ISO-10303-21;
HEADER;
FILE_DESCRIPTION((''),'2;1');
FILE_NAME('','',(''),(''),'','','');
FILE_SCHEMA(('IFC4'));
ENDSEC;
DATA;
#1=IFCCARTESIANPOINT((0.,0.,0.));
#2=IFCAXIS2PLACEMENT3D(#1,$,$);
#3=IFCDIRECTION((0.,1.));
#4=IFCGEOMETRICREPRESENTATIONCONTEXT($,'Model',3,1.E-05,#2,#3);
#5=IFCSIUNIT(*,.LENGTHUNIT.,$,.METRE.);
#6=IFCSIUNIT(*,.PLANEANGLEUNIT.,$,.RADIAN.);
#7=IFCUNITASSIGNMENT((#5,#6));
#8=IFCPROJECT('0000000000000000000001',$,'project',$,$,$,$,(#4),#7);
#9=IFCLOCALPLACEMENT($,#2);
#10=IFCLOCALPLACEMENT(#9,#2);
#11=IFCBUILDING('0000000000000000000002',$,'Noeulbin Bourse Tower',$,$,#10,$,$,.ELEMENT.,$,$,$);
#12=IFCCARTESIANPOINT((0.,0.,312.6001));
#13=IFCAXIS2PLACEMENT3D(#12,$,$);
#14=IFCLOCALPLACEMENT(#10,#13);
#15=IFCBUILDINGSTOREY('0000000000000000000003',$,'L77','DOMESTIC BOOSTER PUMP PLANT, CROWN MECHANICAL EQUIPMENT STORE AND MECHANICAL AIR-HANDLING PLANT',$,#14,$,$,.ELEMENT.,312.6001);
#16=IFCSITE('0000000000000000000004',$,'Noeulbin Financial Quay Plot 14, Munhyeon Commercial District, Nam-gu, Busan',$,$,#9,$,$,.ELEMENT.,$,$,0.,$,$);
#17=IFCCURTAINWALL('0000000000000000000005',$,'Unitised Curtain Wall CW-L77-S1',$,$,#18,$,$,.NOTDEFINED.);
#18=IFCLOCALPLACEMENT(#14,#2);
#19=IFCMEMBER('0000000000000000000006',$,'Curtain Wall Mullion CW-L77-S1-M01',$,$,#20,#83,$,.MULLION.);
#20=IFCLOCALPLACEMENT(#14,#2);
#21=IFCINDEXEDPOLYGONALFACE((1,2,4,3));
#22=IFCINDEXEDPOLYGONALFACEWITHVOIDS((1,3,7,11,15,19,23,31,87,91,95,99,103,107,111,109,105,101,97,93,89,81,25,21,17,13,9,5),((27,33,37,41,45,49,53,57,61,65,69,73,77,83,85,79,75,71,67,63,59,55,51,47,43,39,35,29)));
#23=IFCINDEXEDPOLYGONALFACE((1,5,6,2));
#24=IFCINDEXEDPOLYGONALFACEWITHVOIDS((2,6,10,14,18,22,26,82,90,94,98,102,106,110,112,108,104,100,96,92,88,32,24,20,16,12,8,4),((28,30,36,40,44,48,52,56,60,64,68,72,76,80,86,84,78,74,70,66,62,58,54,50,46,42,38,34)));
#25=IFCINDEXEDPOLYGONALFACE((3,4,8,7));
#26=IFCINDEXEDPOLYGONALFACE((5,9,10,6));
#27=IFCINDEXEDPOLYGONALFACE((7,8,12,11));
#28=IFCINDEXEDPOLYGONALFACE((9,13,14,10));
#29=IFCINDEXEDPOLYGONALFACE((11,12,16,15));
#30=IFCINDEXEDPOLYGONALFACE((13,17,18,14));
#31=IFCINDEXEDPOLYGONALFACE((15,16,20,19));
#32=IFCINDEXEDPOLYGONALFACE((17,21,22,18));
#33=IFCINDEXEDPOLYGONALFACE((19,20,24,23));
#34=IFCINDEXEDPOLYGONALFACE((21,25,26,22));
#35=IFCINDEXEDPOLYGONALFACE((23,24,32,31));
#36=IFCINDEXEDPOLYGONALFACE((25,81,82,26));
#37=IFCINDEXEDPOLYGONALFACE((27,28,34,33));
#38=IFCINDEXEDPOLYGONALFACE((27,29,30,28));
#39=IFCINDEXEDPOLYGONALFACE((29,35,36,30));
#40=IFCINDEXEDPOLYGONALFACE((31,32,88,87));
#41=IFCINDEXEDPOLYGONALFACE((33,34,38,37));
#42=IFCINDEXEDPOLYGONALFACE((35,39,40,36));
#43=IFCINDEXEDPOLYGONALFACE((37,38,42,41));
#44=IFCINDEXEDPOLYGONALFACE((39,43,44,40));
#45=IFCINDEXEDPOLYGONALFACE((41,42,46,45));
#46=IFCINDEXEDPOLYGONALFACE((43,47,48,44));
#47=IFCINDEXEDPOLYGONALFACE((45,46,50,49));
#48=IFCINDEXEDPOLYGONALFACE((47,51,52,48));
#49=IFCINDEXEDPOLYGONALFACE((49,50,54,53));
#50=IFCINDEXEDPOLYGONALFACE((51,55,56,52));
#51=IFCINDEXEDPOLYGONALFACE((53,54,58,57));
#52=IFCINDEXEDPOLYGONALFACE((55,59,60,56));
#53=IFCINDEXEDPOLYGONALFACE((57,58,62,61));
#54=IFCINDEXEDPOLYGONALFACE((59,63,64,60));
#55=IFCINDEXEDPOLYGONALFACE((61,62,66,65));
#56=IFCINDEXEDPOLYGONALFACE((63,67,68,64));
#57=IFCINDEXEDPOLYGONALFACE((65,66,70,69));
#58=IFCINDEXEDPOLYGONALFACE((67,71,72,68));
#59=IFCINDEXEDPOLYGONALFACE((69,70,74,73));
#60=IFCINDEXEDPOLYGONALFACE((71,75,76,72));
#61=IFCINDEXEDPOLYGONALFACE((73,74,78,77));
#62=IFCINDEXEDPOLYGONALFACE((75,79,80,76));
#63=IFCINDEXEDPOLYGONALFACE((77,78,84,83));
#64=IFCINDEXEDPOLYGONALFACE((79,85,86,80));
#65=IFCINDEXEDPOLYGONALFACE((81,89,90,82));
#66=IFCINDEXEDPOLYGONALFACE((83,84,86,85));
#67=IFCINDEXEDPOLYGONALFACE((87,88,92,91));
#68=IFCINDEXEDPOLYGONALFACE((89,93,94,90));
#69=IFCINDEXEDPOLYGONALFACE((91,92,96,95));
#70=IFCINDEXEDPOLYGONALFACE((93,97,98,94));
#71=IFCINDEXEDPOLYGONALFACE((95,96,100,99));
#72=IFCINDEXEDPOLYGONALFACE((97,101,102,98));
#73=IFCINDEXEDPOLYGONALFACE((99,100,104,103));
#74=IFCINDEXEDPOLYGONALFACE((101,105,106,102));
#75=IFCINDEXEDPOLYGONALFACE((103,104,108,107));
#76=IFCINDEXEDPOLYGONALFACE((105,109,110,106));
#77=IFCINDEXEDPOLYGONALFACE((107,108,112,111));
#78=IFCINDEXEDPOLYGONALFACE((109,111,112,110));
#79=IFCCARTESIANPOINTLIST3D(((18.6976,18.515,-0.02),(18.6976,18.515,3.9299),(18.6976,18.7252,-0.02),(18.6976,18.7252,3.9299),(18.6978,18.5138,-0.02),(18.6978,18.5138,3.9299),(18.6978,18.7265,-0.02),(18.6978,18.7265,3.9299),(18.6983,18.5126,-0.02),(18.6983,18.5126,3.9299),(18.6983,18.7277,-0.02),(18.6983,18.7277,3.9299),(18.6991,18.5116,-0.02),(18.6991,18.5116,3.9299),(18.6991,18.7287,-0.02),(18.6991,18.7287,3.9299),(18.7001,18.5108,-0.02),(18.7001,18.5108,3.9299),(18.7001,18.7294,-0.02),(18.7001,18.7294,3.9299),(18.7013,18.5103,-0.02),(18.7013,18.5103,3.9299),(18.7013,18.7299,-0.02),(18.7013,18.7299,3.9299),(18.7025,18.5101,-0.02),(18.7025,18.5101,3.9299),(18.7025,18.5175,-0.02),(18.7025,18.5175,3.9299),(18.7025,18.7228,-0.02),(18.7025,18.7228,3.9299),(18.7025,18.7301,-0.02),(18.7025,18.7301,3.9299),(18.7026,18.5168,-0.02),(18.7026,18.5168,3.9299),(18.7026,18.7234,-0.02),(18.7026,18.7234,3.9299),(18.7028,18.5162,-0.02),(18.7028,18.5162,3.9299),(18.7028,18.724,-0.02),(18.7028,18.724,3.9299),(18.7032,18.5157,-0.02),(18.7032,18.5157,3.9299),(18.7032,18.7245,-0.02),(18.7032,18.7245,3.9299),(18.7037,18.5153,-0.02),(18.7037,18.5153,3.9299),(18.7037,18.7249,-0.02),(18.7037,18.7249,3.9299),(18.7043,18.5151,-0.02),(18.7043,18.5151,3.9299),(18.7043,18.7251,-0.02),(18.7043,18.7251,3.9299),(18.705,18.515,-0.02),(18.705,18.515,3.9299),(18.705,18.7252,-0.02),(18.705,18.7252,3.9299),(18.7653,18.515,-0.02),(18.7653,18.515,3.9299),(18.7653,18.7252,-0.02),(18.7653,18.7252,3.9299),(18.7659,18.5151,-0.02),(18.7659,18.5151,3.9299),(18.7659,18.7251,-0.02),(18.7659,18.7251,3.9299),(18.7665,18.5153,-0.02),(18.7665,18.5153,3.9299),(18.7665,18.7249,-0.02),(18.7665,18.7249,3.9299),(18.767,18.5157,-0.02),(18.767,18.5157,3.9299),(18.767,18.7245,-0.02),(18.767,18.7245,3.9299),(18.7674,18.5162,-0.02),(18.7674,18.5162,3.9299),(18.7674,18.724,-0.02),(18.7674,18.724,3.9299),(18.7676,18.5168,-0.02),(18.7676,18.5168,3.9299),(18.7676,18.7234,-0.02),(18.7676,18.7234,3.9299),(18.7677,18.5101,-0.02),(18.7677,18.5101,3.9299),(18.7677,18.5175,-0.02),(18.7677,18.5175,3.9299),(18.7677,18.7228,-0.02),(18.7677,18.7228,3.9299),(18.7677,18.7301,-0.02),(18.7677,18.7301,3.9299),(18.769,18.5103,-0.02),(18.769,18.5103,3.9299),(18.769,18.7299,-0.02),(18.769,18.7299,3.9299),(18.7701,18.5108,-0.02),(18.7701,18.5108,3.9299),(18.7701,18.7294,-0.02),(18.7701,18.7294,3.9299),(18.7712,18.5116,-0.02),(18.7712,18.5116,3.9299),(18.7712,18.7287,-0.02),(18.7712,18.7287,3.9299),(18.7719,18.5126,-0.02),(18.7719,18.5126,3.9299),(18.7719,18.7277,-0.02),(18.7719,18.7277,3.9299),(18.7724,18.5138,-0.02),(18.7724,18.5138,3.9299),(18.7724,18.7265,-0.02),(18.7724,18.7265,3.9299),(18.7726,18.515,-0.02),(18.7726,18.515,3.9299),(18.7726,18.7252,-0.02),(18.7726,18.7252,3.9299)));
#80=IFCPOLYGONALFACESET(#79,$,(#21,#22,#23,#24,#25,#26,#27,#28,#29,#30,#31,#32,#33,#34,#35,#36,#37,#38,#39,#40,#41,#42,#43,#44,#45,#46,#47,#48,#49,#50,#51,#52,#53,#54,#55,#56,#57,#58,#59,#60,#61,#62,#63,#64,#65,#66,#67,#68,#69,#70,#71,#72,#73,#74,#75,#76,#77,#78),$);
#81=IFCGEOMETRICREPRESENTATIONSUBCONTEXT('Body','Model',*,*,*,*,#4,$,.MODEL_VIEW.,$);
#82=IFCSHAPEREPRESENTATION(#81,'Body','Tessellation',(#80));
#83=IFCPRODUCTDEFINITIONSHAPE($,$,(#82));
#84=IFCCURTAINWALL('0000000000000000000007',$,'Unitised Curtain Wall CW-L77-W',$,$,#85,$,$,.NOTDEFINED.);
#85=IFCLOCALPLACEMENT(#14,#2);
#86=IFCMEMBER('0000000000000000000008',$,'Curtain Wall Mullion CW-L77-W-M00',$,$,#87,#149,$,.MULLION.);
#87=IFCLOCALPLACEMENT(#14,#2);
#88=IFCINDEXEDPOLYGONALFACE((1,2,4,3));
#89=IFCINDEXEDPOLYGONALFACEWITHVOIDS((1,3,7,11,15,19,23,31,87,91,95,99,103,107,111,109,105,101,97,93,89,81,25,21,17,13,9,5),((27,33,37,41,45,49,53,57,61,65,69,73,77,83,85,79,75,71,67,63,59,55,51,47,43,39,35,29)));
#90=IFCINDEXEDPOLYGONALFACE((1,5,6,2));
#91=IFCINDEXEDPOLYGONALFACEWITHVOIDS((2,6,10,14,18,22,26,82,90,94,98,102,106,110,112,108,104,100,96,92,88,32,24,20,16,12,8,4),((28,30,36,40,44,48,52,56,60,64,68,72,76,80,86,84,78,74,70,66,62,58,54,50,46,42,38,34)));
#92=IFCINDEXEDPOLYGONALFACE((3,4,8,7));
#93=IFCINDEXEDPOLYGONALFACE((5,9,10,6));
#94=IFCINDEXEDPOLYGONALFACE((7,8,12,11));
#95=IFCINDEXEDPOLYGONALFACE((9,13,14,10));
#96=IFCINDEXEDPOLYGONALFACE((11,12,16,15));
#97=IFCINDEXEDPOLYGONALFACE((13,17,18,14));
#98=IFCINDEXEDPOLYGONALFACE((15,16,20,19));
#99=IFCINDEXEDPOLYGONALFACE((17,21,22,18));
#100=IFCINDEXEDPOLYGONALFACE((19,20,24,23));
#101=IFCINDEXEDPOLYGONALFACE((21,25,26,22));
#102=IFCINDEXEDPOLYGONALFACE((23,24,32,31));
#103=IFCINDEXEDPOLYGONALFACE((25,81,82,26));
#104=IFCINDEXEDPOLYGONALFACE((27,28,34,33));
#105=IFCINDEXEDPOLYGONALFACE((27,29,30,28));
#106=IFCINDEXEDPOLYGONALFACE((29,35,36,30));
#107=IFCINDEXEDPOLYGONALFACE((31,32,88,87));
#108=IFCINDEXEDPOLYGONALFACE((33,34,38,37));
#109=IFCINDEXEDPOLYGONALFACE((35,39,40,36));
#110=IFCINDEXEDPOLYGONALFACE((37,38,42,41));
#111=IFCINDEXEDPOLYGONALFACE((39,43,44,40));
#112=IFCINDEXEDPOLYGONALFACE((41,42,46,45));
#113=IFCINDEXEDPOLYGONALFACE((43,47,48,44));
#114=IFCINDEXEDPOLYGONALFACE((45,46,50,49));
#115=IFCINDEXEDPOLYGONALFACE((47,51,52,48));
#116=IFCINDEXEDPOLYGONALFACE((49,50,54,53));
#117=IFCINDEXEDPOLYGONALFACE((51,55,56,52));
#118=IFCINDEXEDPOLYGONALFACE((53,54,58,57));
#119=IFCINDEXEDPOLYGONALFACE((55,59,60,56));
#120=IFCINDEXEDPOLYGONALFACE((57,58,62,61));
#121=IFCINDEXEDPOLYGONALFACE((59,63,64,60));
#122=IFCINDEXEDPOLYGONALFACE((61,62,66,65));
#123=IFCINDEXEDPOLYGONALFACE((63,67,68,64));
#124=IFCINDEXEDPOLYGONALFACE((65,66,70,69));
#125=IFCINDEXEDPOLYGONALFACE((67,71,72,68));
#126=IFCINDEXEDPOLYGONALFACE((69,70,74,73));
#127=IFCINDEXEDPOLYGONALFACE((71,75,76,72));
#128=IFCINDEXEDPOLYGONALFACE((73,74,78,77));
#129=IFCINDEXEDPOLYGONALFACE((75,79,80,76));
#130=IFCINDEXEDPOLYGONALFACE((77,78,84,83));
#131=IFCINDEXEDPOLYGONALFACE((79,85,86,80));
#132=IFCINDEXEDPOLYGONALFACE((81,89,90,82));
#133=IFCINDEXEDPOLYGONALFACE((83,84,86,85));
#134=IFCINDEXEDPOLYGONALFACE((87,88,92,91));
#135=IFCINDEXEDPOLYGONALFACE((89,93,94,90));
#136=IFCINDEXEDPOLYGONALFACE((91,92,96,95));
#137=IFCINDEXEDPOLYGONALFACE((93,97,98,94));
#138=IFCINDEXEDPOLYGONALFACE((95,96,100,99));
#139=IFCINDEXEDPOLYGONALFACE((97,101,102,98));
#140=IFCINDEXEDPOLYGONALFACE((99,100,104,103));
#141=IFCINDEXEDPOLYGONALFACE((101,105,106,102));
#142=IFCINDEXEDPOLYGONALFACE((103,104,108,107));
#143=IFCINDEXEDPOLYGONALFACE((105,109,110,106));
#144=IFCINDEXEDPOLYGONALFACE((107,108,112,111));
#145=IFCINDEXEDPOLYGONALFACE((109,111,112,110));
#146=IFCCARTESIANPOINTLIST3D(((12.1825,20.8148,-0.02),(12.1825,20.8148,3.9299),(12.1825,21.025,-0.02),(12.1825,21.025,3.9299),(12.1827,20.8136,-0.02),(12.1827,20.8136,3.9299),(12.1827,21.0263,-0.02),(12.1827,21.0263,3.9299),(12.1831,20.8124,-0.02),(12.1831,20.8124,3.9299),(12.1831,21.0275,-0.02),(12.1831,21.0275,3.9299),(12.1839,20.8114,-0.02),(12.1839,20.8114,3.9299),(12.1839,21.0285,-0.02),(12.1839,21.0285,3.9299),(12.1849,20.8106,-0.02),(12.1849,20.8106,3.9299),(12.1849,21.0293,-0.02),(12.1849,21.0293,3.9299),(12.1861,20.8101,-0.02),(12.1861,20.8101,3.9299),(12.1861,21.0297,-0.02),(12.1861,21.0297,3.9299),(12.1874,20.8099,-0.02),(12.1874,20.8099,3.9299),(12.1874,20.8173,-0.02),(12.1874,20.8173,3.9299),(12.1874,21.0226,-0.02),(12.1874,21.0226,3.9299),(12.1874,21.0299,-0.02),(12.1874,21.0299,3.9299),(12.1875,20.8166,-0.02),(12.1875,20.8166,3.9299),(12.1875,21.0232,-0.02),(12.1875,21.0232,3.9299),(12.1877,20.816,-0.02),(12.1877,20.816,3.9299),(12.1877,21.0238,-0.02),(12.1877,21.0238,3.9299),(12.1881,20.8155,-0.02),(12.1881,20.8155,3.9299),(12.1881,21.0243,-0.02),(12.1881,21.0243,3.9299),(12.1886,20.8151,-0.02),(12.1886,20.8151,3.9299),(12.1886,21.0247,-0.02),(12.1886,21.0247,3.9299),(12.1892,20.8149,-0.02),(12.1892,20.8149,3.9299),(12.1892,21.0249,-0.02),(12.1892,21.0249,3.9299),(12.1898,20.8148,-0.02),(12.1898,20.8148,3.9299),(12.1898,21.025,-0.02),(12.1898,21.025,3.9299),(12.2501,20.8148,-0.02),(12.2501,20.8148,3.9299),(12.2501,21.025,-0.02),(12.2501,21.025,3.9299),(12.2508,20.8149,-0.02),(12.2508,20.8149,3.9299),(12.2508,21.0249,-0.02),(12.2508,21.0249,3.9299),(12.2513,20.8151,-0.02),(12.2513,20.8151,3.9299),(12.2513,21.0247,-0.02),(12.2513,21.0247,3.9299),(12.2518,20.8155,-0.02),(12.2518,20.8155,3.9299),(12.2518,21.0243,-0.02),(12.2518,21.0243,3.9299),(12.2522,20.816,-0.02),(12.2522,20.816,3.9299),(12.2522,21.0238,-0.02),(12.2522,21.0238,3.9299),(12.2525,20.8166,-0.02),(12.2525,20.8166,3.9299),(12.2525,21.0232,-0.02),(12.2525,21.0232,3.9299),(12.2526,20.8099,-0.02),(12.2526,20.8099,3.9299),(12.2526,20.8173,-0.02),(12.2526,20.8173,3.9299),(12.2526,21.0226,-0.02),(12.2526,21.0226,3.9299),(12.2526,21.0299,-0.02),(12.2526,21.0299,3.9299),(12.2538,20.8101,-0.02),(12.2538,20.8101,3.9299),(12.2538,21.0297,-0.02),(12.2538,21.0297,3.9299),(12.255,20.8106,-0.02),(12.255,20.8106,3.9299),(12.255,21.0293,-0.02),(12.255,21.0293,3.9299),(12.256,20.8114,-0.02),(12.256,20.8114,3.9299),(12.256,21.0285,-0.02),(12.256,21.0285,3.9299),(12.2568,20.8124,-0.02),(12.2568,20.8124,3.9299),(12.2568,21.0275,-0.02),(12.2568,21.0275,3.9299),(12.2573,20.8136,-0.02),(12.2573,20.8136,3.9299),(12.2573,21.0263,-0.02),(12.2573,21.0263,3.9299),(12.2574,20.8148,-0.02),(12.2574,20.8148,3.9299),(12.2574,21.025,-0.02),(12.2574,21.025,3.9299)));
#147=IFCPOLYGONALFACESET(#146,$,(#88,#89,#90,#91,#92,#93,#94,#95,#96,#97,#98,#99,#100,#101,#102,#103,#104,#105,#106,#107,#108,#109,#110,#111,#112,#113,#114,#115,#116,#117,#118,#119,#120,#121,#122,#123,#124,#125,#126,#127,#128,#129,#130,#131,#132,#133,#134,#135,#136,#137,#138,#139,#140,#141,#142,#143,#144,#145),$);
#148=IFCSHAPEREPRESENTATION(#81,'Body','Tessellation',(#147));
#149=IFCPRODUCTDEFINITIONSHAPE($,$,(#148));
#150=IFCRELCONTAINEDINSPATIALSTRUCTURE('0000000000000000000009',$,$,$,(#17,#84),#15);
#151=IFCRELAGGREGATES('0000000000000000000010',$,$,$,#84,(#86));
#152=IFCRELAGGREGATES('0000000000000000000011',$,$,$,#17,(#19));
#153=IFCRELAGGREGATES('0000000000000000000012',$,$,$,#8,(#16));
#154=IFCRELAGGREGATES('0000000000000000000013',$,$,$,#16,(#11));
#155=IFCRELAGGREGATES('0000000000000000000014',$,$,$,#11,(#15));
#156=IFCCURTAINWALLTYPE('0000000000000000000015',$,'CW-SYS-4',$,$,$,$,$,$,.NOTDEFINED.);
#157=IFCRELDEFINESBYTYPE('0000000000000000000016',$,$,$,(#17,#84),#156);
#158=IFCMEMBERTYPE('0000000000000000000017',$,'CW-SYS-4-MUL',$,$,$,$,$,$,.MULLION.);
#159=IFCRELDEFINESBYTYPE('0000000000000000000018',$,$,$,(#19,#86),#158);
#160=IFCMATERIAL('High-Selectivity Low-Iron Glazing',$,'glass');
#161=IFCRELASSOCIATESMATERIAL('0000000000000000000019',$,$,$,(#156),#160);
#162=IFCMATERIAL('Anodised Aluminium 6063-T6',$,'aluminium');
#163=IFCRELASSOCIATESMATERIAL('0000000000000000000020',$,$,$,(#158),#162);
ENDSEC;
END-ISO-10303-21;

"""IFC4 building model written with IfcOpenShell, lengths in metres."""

from ifc_helpers import new_model, si_unit, direction, frame, origin, origin_2d, place, context, subcontext, project, spatial, hollow_rectangle, extrude, material, material_profile, profile_set, type_object, element, aggregate, save


model = new_model("IFC4")

# Units and contexts
model_context = context("Model", 3, precision=1e-05, world=origin(), true_north=direction((0.0, 1.0)))
body_context = subcontext(model_context, "Body", "Model", "MODEL_VIEW")
ifc_project = project(units=[si_unit("LENGTHUNIT", "METRE"), si_unit("PLANEANGLEUNIT", "RADIAN")], contexts=[model_context])

# Site, building, storey
site_placement = place(None, origin())
site = spatial("IfcSite", under=ifc_project, at=site_placement, Name="Noeulbin Financial Quay Plot 14, Munhyeon Commercial District, Nam-gu, Busan", CompositionType="ELEMENT", RefElevation=0.0)
building_placement = place(site_placement, origin())
building = spatial("IfcBuilding", under=site, at=building_placement, Name="Noeulbin Bourse Tower", CompositionType="ELEMENT")
storey_placement = place(building_placement, frame((0.0, 0.0, 312.6001)))
storey = spatial("IfcBuildingStorey", under=building, at=storey_placement, Name="L77", Description="DOMESTIC BOOSTER PUMP PLANT, CROWN MECHANICAL EQUIPMENT STORE AND MECHANICAL AIR-HANDLING PLANT", CompositionType="ELEMENT", Elevation=312.6001)

# Curtain wall, member
ifc_material_1 = material(Name="High-Selectivity Low-Iron Glazing", Category="glass")
curtain_wall_type = type_object("IfcCurtainWallType", Name="CW-SYS-4", PredefinedType="NOTDEFINED", material=ifc_material_1)
curtain_wall_1_placement = place(storey_placement, origin())
curtain_wall_1 = element("IfcCurtainWall", 1, at=curtain_wall_1_placement, inside=storey, type_object=curtain_wall_type, Name="Unitised Curtain Wall CW-L77-S1", PredefinedType="NOTDEFINED")
ifc_material_2 = material(Name="Anodised Aluminium 6063-T6", Category="aluminium")
ifc_material_profile_1 = material_profile(ifc_material_2, hollow_rectangle(XDim=0.075, YDim=0.22, WallThickness=0.0049, InnerFilletRadius=0.0024, OuterFilletRadius=0.0049, at=origin_2d()), Name="ALU-MULL-75x220x5", Category="LoadBearing")
ifc_profile_set_1 = profile_set([ifc_material_profile_1], Name="Anodised Aluminium 6063-T6")
member_type_1 = type_object("IfcMemberType", Name="CW-SYS-4-MUL", PredefinedType="MULLION", material=ifc_profile_set_1)
member_1_placement = place(storey_placement, frame((18.7351, 18.6201, -0.02), z_axis=(0.0, 0.0, 1.0), x_axis=(1.0, 0.0, 0.0)))
member_1 = element("IfcMember", 2, at=member_1_placement, type_object=member_type_1, Name="Curtain Wall Mullion CW-L77-S1-M01", PredefinedType="MULLION", context=body_context, shape_type="SweptSolid", body=[
    extrude(hollow_rectangle(XDim=0.075, YDim=0.22, WallThickness=0.0049, InnerFilletRadius=0.0024, OuterFilletRadius=0.0049, at=origin_2d()), origin(), (0.0, 0.0, 1.0), 3.95),
])

# Curtain wall, member
curtain_wall_2_placement = place(storey_placement, origin())
curtain_wall_2 = element("IfcCurtainWall", 3, at=curtain_wall_2_placement, inside=storey, type_object=curtain_wall_type, Name="Unitised Curtain Wall CW-L77-W", PredefinedType="NOTDEFINED")
member_2_placement = place(storey_placement, frame((12.22, 20.9199, -0.02), z_axis=(0.0, 0.0, 1.0), x_axis=(1.0, 0.0, 0.0)))
member_2 = element("IfcMember", 4, at=member_2_placement, type_object=member_type_1, Name="Curtain Wall Mullion CW-L77-W-M00", PredefinedType="MULLION", context=body_context, shape_type="SweptSolid", body=[
    extrude(hollow_rectangle(XDim=0.075, YDim=0.22, WallThickness=0.0049, InnerFilletRadius=0.0024, OuterFilletRadius=0.0049, at=origin_2d()), origin(), (0.0, 0.0, 1.0), 3.95),
])

aggregate(curtain_wall_2, [member_2])

aggregate(curtain_wall_1, [member_1])

save(model, "model.ifc")
